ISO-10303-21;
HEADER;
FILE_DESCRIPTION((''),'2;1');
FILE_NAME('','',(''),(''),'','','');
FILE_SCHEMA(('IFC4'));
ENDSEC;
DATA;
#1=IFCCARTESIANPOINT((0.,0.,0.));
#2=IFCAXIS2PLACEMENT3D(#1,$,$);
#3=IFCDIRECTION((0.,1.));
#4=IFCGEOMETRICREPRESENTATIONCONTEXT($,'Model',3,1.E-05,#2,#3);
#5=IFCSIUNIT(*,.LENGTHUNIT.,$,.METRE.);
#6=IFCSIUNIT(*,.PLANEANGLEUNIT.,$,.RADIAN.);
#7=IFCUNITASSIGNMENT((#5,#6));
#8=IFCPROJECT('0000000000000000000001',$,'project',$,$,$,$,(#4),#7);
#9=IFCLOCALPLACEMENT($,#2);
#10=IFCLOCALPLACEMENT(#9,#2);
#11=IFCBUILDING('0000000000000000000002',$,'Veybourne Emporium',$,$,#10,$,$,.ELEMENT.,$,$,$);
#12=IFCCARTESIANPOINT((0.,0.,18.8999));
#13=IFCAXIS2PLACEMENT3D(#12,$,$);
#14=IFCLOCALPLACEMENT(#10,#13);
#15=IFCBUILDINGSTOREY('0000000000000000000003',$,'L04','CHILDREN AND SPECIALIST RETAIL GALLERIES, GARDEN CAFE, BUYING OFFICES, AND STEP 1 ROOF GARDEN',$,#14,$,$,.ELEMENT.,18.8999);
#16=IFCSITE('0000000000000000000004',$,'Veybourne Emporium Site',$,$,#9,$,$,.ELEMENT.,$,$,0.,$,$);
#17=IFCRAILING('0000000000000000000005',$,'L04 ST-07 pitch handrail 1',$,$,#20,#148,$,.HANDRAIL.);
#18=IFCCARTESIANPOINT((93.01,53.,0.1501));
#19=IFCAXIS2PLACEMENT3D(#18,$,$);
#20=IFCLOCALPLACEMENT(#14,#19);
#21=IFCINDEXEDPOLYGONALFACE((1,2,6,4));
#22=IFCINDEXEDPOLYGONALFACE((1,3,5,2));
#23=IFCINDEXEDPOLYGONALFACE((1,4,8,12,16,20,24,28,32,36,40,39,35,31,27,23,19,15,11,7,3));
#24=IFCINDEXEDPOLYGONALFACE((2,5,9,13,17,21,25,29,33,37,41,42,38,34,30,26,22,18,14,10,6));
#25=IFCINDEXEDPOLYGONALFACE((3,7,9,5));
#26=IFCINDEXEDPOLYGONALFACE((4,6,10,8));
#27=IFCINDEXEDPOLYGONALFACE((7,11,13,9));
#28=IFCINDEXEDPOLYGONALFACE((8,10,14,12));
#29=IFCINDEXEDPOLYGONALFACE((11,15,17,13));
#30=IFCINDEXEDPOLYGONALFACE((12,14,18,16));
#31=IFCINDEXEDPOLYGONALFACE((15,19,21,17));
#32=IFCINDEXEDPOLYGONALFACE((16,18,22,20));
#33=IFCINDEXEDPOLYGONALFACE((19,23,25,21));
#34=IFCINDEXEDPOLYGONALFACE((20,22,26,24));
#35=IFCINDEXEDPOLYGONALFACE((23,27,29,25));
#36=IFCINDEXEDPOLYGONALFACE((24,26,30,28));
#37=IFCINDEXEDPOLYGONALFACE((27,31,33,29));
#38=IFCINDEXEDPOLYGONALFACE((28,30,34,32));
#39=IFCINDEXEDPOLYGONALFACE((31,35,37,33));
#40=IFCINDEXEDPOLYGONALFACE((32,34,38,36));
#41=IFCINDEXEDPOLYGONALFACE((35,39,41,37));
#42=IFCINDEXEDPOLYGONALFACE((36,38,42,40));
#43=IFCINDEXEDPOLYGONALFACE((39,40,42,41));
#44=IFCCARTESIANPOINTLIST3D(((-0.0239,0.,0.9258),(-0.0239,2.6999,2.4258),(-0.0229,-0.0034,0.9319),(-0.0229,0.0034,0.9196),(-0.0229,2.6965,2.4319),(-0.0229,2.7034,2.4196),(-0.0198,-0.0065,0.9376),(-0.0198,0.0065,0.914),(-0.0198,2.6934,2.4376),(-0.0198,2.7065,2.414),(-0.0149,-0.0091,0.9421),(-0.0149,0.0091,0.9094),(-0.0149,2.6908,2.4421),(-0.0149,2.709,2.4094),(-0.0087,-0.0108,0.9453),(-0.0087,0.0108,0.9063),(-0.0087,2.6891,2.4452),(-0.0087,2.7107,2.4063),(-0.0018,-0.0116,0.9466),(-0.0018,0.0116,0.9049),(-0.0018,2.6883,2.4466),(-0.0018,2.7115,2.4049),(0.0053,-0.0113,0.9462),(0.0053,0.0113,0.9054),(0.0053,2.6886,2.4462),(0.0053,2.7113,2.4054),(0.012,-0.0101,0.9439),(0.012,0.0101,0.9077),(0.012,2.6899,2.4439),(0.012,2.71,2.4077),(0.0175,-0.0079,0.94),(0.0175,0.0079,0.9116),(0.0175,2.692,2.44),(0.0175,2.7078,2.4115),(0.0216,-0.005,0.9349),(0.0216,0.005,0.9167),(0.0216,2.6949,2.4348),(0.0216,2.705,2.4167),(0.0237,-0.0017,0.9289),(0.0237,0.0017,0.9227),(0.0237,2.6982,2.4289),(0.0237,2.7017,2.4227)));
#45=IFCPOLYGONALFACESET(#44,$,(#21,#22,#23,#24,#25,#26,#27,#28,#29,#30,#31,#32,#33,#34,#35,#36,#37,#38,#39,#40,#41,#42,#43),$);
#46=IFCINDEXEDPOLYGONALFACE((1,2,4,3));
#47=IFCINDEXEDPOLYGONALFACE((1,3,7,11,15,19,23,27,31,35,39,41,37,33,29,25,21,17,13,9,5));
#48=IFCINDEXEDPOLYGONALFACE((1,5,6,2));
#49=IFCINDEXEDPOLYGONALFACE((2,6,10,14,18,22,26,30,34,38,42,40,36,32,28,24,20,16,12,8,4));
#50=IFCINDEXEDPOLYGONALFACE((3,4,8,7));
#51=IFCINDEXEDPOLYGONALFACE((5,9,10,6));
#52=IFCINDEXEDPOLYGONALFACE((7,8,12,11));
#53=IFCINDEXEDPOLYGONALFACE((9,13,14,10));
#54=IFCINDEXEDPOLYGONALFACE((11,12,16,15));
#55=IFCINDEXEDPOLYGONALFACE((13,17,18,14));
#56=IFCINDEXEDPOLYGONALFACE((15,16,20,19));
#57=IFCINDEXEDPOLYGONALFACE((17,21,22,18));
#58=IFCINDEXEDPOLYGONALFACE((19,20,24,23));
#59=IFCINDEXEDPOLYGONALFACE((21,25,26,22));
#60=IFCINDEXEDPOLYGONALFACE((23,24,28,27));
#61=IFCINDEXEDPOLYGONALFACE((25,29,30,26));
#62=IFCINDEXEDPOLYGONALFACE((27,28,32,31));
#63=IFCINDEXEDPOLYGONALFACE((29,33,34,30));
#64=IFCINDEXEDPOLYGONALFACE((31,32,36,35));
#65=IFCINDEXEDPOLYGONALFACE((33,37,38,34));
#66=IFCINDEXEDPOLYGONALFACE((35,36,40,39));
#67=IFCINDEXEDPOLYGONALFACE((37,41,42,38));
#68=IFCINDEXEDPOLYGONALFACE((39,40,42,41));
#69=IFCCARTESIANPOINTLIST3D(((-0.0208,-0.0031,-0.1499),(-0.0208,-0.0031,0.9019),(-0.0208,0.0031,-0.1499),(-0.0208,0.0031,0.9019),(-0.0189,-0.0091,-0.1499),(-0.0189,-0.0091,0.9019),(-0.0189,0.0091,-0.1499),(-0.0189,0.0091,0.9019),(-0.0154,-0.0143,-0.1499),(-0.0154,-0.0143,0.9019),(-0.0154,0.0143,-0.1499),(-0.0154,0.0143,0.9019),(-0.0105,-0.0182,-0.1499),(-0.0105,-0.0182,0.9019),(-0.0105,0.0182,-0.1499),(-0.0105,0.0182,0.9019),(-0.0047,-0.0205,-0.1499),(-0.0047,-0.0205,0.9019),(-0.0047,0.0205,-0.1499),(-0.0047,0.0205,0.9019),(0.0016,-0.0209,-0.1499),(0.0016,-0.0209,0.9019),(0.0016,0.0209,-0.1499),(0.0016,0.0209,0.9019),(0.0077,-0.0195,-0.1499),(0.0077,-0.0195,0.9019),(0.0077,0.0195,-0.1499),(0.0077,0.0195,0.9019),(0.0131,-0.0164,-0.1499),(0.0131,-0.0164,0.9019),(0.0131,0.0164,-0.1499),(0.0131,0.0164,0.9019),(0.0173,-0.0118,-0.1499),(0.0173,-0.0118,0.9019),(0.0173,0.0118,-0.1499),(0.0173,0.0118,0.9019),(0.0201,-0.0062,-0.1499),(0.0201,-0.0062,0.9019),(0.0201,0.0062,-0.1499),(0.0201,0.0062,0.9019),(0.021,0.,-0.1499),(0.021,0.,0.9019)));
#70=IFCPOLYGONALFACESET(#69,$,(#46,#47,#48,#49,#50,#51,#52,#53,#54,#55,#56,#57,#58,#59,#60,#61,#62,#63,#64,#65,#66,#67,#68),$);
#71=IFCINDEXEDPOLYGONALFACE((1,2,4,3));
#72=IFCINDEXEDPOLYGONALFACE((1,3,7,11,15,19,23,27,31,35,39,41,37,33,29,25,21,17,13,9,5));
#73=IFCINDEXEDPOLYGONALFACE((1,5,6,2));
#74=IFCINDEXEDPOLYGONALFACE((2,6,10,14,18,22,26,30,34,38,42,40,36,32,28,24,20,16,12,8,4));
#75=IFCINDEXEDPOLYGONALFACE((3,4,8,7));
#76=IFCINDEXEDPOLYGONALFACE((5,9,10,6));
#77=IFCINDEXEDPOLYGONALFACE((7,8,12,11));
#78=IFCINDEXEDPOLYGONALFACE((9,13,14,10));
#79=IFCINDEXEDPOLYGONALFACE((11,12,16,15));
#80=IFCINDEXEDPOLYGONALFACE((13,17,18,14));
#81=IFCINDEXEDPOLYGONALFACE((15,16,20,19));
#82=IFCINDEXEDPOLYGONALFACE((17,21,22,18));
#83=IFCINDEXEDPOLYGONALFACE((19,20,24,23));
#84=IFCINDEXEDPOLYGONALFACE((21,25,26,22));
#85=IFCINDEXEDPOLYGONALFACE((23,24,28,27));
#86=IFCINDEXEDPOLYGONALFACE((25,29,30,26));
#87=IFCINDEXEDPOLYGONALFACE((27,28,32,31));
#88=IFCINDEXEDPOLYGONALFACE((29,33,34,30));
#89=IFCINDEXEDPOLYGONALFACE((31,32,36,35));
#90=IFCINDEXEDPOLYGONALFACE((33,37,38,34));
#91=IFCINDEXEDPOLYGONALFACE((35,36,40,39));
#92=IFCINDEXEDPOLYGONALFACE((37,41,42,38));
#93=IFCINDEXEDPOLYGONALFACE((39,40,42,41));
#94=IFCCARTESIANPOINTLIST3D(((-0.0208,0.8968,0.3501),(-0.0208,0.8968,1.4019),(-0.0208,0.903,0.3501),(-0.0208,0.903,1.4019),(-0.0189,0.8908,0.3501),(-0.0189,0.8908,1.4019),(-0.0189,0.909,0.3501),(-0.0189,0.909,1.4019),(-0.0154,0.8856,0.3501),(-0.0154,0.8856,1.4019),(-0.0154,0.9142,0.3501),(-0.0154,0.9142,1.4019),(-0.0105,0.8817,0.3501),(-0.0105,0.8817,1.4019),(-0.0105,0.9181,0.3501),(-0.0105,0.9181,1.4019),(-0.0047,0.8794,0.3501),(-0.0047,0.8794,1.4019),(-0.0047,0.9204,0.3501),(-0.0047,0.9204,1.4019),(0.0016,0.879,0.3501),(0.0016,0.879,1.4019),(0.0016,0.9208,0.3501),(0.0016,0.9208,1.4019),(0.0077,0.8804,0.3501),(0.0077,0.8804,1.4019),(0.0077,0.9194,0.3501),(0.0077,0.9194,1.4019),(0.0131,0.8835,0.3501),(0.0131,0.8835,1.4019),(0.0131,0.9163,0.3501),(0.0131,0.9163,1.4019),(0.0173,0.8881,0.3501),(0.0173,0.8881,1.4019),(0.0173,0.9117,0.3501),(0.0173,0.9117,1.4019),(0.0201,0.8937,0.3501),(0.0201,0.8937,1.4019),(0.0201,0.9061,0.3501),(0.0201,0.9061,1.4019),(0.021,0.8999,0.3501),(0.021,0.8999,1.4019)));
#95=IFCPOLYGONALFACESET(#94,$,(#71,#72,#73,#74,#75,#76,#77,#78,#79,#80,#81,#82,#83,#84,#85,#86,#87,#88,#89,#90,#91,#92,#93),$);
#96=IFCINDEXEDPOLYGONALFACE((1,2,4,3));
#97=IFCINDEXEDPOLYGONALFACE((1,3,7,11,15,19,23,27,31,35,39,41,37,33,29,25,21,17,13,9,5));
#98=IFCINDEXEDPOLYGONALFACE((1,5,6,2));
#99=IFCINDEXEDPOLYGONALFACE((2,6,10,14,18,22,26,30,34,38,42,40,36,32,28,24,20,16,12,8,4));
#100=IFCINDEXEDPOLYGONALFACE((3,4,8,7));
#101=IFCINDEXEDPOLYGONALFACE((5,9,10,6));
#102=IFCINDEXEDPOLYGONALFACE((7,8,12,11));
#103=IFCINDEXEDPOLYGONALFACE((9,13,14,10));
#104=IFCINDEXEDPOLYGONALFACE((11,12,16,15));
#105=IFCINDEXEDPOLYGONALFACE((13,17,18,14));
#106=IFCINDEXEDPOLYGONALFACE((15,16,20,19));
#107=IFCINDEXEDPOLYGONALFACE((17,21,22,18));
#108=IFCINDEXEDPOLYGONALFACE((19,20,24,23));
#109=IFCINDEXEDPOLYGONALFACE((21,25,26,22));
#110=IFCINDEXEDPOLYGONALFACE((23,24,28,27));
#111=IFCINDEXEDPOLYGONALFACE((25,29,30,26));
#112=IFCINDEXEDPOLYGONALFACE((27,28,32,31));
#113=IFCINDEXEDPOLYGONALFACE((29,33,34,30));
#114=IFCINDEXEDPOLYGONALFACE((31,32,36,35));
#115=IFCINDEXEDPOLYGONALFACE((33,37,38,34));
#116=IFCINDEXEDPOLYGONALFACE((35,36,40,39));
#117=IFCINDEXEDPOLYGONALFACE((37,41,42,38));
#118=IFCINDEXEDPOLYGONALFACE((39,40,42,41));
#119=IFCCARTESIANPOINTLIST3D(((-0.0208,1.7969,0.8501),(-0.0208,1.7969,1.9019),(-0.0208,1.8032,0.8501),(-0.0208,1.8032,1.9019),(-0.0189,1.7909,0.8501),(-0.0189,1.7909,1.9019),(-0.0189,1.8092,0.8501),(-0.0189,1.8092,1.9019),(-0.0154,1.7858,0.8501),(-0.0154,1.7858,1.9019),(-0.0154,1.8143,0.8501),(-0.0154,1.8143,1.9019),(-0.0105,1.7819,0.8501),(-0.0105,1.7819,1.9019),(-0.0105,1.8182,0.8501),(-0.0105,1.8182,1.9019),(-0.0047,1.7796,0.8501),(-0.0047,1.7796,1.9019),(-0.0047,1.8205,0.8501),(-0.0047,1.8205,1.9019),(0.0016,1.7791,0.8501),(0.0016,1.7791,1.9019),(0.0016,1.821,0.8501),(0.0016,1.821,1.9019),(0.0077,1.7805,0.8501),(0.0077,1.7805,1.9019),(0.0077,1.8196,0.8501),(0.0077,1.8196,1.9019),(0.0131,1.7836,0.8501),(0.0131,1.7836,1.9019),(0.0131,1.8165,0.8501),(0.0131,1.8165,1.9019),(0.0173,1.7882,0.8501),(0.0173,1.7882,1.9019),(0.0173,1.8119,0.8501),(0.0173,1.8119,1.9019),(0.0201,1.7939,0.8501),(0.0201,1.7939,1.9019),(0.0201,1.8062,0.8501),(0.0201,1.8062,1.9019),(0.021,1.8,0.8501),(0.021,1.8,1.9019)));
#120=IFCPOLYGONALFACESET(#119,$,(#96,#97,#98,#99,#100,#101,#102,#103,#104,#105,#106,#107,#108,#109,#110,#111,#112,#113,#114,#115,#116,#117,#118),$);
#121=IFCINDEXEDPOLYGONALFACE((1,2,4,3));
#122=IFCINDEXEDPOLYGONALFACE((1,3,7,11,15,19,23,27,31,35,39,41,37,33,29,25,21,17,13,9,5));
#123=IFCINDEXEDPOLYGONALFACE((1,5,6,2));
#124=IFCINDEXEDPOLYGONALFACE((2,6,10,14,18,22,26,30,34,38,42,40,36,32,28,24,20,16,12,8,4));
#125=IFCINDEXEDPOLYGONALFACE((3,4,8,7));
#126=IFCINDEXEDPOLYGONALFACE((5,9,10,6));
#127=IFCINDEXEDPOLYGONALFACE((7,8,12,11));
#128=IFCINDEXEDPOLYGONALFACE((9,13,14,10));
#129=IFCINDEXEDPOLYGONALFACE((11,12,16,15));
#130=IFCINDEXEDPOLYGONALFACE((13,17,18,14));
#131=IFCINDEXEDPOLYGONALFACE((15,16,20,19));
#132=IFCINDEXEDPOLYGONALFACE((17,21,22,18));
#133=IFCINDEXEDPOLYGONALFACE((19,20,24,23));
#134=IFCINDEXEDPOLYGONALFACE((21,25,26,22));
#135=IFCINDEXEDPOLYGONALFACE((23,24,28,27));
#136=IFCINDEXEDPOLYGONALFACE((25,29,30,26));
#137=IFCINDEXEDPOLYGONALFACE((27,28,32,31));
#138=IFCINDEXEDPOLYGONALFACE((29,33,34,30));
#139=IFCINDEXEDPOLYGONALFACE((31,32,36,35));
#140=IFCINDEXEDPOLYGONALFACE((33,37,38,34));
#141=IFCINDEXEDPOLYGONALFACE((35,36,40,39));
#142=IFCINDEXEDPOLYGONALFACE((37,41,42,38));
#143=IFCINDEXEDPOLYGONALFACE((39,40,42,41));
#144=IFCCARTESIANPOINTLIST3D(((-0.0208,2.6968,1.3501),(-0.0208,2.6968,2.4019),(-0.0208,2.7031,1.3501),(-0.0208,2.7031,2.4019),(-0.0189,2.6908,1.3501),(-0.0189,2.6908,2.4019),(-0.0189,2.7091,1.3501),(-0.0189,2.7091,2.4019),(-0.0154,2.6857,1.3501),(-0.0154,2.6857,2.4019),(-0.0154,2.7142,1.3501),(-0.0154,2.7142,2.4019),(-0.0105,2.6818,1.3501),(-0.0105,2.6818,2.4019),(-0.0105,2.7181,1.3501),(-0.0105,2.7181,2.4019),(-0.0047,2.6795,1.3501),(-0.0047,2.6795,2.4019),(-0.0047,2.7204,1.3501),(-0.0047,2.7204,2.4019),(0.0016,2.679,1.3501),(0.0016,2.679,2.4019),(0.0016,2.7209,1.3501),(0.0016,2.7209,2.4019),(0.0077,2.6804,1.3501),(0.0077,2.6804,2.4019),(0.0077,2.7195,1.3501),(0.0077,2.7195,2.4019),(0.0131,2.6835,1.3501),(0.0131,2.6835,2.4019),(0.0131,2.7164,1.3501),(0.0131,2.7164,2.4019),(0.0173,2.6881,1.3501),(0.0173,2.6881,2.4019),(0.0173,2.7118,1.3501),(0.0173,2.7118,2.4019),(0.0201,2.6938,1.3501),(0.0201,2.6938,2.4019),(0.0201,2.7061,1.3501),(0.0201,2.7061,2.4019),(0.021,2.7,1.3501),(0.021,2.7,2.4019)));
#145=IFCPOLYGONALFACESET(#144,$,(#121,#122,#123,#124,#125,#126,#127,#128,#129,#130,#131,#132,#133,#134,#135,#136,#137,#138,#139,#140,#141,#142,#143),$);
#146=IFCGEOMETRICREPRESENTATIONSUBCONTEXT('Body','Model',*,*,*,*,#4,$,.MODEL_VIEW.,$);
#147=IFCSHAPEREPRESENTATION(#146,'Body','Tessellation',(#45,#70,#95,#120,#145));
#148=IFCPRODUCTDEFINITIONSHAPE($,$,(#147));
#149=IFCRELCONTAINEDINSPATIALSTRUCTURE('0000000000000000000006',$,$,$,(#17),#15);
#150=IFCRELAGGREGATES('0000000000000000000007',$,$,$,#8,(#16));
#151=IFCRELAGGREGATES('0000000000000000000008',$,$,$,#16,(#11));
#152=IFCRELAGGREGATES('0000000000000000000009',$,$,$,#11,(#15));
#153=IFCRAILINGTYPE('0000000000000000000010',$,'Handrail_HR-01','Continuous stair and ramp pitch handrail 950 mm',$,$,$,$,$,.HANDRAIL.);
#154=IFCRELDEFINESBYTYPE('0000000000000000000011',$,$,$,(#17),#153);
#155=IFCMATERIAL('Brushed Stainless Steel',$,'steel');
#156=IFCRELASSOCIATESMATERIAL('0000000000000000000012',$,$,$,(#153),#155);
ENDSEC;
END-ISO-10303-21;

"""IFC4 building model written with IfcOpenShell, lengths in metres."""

from ifc_helpers import new_model, si_unit, direction, frame, origin, origin_2d, place, context, subcontext, project, spatial, circle, extrude, material, type_object, element, save


model = new_model("IFC4")

# Units and contexts
model_context = context("Model", 3, precision=1e-05, world=origin(), true_north=direction((0.0, 1.0)))
body_context = subcontext(model_context, "Body", "Model", "MODEL_VIEW")
ifc_project = project(units=[si_unit("LENGTHUNIT", "METRE"), si_unit("PLANEANGLEUNIT", "RADIAN")], contexts=[model_context])

# Site, building, storey
site_placement = place(None, origin())
site = spatial("IfcSite", under=ifc_project, at=site_placement, Name="Veybourne Emporium Site", CompositionType="ELEMENT", RefElevation=0.0)
building_placement = place(site_placement, origin())
building = spatial("IfcBuilding", under=site, at=building_placement, Name="Veybourne Emporium", CompositionType="ELEMENT")
storey_placement = place(building_placement, frame((0.0, 0.0, 18.8999)))
storey = spatial("IfcBuildingStorey", under=building, at=storey_placement, Name="L04", Description="CHILDREN AND SPECIALIST RETAIL GALLERIES, GARDEN CAFE, BUYING OFFICES, AND STEP 1 ROOF GARDEN", CompositionType="ELEMENT", Elevation=18.8999)

# Railing
ifc_material_1 = material(Name="Brushed Stainless Steel", Category="steel")
railing_type_1 = type_object("IfcRailingType", Name="Handrail_HR-01", Description="Continuous stair and ramp pitch handrail 950 mm", PredefinedType="HANDRAIL", material=ifc_material_1)
railing_1_placement = place(storey_placement, frame((93.01, 53.0, 0.1501)))
element("IfcRailing", 1, at=railing_1_placement, inside=storey, type_object=railing_type_1, Name="L04 ST-07 pitch handrail 1", PredefinedType="HANDRAIL", context=body_context, shape_type="SweptSolid", body=[
    extrude(circle(Radius=0.0239, at=origin_2d()), frame((0.0, 0.0, 0.9258), z_axis=(0.0, 0.874154, 0.48565), x_axis=(-1.0, 0.0, 0.0)), (0.0, 0.0, 1.0), 3.0886),
    extrude(circle(Radius=0.021, at=origin_2d()), frame((0.0, 0.0, -0.1499)), (0.0, 0.0, 1.0), 1.0518),
    extrude(circle(Radius=0.021, at=origin_2d()), frame((0.0, 0.8999, 0.3501)), (0.0, 0.0, 1.0), 1.0518),
    extrude(circle(Radius=0.021, at=origin_2d()), frame((0.0, 1.8, 0.8501)), (0.0, 0.0, 1.0), 1.0518),
    extrude(circle(Radius=0.021, at=origin_2d()), frame((0.0, 2.7, 1.3501)), (0.0, 0.0, 1.0), 1.0518),
])

save(model, "model.ifc")
